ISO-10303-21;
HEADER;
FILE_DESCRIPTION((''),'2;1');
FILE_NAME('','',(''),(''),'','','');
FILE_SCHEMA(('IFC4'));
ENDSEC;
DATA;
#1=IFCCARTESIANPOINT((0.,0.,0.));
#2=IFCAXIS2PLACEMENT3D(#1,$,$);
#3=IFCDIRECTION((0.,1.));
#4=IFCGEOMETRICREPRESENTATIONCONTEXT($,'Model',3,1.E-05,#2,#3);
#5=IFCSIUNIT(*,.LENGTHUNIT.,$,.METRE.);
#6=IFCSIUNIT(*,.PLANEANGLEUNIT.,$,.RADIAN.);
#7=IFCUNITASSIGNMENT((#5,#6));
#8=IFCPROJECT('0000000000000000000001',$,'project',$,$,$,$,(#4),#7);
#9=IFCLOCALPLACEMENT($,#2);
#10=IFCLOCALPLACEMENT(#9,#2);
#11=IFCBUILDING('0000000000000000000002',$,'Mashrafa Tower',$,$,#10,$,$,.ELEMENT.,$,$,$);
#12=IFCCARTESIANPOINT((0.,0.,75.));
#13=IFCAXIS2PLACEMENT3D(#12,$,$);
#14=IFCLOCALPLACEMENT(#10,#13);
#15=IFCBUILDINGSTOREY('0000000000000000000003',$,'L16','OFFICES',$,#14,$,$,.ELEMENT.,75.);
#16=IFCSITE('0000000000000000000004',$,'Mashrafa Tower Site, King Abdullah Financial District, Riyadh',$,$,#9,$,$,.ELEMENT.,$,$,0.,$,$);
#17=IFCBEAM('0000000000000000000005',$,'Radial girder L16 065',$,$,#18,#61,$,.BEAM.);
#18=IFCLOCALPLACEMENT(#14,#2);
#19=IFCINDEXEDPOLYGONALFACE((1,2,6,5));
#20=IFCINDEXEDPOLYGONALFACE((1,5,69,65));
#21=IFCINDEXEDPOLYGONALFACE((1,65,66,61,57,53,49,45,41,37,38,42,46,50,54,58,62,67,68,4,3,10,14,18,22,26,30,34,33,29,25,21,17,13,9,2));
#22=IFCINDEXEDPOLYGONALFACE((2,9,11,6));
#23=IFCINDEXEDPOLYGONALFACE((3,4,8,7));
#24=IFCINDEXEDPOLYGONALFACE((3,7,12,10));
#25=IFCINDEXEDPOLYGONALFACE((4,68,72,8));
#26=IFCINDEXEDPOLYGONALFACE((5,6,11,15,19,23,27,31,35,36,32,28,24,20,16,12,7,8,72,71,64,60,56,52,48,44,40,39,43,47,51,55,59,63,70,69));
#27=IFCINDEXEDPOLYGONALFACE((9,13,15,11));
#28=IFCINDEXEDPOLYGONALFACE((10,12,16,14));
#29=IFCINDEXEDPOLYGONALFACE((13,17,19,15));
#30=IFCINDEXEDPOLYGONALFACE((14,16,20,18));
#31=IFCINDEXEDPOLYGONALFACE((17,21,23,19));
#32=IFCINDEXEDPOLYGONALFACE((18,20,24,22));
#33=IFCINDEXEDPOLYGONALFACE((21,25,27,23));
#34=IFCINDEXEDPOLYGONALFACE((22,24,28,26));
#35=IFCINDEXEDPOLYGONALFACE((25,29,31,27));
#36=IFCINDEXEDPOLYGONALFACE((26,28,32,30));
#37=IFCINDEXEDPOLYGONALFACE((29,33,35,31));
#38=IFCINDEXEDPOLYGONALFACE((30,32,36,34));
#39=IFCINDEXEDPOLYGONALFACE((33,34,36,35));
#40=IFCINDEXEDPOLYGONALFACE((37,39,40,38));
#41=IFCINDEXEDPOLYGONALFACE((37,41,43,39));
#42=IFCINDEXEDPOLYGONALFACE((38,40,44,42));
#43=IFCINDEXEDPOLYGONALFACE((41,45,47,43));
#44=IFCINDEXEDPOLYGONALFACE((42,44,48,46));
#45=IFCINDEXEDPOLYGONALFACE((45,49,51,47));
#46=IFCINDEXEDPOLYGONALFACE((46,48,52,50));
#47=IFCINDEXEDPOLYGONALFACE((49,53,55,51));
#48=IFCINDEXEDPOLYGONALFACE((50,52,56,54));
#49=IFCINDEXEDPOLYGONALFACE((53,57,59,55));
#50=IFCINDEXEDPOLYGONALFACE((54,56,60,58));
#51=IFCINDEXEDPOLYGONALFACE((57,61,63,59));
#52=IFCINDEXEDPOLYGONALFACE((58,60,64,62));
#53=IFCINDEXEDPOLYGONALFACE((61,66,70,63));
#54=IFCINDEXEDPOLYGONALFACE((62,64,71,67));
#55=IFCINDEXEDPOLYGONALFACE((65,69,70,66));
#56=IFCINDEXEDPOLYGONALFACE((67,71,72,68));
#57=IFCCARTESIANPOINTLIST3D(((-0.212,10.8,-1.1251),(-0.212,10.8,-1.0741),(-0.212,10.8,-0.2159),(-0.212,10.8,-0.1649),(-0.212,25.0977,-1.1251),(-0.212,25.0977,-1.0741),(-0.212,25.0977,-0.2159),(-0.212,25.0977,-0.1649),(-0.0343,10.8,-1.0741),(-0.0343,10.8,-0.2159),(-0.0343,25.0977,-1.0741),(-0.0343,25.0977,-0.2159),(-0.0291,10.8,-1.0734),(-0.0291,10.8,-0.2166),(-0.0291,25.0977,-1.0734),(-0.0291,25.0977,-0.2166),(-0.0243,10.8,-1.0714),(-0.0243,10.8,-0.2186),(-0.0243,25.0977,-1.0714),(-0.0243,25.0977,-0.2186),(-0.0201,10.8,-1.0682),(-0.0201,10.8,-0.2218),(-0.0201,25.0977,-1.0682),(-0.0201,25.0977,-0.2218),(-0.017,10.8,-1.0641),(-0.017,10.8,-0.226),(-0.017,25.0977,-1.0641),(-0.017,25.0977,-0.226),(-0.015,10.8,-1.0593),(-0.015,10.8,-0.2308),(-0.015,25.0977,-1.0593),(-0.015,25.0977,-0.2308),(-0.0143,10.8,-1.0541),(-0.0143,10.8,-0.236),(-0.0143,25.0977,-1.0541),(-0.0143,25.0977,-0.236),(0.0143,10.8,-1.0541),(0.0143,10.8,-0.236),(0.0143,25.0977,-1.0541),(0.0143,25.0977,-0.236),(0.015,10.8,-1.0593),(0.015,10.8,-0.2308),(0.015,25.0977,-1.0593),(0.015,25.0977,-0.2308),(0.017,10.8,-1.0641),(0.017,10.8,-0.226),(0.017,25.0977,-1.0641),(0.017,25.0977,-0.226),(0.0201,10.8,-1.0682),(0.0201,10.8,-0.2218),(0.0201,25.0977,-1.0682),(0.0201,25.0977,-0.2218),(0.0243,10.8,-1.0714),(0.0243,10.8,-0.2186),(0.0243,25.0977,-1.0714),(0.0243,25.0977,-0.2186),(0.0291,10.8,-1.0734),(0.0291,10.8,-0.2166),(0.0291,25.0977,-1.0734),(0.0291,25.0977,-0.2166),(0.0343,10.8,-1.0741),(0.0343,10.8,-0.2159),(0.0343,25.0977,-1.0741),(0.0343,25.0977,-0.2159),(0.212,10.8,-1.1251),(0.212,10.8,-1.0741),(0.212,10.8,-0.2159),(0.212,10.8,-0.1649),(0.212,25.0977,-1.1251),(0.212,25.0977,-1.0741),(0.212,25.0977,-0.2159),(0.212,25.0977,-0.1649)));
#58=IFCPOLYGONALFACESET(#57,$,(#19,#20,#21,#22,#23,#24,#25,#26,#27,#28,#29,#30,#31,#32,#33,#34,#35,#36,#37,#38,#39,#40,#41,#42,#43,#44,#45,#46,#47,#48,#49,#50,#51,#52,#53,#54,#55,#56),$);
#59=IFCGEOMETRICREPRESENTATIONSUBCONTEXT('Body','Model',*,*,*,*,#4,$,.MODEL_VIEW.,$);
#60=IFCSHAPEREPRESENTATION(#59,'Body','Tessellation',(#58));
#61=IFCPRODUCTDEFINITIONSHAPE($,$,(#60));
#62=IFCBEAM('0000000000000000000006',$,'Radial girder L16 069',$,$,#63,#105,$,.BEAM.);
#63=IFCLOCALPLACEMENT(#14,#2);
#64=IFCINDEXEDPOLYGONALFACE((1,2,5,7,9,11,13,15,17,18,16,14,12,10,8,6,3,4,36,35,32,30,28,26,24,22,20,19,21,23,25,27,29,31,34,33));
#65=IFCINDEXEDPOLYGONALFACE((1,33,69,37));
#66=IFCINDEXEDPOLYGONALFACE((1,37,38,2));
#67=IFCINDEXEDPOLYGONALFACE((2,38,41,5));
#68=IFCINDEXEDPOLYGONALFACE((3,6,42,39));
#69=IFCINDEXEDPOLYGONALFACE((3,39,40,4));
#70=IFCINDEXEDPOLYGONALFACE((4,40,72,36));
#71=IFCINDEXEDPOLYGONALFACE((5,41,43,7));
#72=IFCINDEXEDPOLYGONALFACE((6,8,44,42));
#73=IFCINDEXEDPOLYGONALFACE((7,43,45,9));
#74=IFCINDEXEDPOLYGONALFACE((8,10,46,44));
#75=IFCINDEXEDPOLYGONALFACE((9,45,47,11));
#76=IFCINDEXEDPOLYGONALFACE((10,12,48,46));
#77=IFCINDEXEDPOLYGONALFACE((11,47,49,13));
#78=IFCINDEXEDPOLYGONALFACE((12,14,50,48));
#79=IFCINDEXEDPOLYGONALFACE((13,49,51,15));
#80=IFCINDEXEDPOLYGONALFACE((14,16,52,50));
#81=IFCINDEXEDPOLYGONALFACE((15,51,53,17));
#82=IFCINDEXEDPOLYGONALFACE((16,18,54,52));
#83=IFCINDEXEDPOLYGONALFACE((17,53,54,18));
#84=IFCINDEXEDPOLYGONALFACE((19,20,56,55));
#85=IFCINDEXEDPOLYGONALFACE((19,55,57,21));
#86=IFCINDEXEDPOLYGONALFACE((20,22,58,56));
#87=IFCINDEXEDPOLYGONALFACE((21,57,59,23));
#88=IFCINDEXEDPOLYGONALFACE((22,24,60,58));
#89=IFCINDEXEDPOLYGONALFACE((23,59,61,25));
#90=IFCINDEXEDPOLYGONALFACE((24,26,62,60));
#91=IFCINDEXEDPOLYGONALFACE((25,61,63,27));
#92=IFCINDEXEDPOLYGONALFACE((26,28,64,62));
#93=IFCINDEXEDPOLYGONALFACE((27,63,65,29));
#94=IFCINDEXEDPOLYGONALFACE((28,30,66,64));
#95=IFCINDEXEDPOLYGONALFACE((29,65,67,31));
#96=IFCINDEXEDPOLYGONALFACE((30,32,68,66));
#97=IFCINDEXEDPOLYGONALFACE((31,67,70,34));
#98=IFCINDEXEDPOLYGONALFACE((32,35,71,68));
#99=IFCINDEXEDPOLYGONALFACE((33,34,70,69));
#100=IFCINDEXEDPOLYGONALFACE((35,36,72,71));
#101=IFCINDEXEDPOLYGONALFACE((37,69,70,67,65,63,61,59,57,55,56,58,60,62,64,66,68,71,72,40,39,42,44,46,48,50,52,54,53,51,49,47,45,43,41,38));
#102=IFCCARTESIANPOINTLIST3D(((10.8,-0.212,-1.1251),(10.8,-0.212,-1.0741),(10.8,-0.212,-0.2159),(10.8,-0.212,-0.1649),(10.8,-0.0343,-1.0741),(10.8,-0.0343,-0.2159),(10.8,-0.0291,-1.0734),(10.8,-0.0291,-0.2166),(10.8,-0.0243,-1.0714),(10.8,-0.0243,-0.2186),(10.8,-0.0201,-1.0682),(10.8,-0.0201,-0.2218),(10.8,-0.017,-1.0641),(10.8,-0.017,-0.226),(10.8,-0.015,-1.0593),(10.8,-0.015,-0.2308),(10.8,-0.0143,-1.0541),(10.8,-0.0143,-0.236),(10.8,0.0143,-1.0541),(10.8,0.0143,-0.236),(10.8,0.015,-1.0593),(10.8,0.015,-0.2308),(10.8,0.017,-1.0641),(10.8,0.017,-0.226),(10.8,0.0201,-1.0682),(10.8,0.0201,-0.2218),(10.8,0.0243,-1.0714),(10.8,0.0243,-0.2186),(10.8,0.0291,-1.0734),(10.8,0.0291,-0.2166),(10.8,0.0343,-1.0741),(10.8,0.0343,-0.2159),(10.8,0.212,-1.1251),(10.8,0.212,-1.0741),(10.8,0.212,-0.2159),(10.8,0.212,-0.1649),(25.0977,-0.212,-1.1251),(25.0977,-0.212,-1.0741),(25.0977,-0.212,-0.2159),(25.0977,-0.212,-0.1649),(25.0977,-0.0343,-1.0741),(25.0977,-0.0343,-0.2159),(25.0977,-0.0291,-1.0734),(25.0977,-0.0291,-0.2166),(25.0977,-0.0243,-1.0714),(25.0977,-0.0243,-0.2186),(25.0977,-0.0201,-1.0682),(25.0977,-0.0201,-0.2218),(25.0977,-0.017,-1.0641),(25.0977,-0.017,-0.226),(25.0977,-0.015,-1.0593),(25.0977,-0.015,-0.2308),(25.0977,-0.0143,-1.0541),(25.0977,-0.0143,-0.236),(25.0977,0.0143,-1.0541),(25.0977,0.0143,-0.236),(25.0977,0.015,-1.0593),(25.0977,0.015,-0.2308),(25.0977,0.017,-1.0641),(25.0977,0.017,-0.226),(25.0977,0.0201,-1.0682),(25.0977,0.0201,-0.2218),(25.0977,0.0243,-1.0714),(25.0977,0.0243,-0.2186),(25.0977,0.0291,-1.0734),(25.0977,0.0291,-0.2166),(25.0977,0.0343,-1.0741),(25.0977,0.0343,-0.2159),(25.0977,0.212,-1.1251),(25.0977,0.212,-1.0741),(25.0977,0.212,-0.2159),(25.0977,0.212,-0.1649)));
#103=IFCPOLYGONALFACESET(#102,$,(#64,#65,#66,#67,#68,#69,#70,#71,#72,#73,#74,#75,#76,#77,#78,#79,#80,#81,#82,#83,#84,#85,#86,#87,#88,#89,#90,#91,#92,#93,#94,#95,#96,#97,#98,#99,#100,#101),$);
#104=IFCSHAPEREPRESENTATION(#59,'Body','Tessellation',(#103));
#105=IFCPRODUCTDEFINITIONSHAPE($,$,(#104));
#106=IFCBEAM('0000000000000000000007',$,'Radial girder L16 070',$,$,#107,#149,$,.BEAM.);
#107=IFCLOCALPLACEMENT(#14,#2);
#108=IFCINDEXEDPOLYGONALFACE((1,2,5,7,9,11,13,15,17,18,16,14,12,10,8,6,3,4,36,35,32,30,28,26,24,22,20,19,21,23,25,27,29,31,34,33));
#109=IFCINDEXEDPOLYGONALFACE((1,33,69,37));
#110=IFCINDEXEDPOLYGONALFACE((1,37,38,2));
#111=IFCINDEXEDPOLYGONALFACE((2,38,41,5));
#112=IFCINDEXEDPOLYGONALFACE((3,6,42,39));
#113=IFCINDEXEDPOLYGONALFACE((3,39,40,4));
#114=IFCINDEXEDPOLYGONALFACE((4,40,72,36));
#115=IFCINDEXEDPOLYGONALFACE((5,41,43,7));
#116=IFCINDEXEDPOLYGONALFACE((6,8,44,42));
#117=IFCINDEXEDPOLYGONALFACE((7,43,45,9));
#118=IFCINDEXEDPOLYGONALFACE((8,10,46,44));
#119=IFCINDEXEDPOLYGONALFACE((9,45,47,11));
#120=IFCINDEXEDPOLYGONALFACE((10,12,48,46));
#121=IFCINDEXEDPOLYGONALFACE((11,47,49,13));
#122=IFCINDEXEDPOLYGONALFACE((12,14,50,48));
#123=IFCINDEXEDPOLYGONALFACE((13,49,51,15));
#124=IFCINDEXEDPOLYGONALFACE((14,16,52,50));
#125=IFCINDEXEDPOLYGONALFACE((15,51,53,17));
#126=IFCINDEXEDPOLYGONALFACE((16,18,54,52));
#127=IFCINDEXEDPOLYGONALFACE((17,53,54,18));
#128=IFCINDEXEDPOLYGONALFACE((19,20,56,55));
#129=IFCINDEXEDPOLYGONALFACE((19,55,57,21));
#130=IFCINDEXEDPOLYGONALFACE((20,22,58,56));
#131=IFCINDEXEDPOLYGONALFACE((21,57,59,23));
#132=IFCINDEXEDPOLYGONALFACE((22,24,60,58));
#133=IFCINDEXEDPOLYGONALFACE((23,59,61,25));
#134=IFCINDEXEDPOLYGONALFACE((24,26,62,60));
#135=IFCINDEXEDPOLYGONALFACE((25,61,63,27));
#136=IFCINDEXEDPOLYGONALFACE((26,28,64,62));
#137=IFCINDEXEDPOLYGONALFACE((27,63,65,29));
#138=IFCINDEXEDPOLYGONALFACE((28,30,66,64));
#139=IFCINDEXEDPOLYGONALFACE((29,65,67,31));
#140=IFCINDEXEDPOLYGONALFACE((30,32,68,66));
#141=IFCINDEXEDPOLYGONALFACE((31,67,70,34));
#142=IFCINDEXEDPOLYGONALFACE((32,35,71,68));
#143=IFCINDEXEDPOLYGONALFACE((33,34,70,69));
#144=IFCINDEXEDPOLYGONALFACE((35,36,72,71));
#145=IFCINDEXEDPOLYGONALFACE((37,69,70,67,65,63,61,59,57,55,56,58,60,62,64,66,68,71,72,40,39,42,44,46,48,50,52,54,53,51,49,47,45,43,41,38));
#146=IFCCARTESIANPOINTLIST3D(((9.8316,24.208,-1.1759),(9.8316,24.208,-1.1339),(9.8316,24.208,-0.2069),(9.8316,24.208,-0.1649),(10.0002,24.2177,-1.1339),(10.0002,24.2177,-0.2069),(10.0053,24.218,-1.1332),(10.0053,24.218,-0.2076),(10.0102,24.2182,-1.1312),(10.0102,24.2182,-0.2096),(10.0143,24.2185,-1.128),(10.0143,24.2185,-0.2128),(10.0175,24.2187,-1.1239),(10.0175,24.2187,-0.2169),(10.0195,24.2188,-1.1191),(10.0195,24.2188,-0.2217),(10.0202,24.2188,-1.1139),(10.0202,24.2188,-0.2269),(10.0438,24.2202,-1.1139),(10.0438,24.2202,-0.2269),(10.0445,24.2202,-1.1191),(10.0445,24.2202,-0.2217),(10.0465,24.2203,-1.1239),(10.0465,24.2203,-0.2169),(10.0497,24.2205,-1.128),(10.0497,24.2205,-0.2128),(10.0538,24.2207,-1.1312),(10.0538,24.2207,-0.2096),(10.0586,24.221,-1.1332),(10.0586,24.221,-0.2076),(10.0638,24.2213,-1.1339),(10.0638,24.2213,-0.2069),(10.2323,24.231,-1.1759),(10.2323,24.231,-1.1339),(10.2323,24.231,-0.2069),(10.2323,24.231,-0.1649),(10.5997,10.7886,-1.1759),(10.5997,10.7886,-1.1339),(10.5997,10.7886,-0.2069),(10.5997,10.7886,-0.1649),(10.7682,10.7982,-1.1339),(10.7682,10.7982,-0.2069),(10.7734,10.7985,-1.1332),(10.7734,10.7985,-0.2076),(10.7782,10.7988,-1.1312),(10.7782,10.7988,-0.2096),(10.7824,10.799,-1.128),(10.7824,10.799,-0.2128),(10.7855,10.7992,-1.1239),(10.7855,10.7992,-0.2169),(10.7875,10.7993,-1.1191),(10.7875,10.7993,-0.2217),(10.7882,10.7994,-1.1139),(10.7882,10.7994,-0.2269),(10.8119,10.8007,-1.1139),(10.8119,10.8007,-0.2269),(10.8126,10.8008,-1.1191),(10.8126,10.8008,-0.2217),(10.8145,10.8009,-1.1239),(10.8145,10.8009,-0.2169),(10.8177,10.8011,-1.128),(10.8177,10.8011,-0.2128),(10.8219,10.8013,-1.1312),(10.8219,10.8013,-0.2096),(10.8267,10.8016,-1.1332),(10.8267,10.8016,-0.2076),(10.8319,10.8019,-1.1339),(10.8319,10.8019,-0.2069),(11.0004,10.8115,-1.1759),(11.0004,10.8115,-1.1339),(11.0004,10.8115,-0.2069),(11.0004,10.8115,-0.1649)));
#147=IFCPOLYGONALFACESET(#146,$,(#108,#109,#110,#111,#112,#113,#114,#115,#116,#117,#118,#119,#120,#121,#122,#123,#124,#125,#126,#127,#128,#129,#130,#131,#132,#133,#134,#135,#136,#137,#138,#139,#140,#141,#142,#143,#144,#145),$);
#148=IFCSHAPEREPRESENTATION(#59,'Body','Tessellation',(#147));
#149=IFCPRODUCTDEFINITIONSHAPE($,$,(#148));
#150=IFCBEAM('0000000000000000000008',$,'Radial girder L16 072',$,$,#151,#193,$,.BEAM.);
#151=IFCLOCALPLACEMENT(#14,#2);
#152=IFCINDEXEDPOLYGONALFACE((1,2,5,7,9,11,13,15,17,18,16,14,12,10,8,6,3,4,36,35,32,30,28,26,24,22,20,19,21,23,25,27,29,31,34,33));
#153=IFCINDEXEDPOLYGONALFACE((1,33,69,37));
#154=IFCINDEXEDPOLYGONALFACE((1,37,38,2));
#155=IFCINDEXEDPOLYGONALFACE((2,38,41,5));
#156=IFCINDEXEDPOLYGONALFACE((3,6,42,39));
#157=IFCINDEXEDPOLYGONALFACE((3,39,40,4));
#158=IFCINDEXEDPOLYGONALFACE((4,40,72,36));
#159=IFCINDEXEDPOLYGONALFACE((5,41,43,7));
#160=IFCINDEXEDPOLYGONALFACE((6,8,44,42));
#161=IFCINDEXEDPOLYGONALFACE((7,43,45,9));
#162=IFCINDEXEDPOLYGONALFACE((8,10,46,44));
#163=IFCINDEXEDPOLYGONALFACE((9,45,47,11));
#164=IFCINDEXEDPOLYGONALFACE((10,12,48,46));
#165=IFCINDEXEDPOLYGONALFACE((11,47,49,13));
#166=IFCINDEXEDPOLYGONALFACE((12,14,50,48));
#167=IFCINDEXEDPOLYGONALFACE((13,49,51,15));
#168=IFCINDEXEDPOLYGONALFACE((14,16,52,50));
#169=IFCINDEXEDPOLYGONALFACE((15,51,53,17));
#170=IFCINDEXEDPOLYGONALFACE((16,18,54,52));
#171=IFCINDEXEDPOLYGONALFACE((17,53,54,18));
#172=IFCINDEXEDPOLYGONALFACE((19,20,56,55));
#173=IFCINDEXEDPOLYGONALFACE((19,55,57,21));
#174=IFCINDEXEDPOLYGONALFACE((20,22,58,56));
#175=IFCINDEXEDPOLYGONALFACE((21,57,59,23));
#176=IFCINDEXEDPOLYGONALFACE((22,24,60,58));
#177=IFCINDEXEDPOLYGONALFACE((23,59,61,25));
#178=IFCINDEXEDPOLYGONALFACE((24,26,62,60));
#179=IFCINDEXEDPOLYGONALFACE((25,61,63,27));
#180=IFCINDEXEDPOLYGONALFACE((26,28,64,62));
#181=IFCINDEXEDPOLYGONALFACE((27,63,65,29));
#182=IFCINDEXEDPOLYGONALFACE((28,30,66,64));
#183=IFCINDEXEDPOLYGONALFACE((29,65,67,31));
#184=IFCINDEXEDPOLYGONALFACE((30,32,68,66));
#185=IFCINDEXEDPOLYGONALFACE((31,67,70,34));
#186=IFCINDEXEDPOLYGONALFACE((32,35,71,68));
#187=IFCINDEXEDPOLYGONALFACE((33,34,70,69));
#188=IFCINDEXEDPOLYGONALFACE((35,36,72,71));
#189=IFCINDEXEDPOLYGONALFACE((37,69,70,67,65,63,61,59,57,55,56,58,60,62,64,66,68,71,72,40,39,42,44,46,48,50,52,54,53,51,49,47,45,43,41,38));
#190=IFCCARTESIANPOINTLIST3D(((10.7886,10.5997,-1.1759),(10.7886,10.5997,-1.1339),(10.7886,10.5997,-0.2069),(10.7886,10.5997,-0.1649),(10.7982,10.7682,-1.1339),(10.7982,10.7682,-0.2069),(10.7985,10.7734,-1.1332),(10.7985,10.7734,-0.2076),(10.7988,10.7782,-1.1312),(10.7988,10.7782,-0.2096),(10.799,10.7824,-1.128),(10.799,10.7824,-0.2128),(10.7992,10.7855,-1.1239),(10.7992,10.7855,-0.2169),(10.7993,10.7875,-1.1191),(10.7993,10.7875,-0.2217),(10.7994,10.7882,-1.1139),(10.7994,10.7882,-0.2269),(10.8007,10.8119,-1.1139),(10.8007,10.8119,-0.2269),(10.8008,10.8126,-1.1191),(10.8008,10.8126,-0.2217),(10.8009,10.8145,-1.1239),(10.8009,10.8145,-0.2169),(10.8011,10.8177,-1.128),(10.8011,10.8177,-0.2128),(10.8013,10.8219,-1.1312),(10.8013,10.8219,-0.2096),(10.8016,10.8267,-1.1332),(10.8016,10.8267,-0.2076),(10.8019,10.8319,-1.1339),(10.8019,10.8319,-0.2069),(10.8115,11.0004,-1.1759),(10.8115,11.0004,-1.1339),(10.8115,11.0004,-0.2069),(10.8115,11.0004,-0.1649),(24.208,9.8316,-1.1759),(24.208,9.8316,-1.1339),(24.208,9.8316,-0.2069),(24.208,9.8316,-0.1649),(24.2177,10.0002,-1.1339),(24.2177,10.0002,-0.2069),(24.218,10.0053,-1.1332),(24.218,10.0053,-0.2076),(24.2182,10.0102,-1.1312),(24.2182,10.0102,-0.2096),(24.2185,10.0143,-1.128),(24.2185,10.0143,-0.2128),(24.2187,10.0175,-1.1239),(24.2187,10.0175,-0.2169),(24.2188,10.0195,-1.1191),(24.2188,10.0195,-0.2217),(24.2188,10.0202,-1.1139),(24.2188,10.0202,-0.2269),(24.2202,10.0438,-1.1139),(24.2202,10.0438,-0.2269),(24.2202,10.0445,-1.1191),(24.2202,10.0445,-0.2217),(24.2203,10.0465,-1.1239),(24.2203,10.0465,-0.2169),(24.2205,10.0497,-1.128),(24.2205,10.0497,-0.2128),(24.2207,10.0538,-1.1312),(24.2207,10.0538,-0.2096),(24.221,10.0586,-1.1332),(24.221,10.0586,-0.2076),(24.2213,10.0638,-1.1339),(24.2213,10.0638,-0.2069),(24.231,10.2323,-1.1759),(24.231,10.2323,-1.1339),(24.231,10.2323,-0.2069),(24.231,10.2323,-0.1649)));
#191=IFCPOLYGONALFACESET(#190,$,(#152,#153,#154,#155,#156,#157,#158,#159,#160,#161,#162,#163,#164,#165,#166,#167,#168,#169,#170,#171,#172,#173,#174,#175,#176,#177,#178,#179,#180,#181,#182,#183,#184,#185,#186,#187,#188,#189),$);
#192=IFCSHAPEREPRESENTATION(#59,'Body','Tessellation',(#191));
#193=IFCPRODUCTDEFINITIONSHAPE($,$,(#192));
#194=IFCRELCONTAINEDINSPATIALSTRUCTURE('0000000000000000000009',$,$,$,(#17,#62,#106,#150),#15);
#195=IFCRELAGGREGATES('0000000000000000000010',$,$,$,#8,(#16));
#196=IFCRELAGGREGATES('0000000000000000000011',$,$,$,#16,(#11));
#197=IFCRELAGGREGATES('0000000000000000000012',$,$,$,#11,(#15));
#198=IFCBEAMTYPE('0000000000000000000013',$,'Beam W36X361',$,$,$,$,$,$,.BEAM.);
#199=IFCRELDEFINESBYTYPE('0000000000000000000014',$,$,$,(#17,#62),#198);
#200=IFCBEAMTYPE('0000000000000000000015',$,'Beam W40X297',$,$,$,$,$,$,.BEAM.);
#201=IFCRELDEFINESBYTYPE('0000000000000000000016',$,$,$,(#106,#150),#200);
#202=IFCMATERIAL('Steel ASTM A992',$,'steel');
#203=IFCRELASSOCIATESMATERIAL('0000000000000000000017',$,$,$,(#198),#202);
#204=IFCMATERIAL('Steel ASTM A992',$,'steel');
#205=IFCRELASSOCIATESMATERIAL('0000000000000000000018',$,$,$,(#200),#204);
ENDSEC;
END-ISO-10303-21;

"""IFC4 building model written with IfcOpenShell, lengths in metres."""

from ifc_helpers import new_model, si_unit, direction, frame, origin, origin_2d, place, context, subcontext, project, spatial, i_section, extrude, material, material_profile, profile_set, type_object, element, save


model = new_model("IFC4")

# Units and contexts
model_context = context("Model", 3, precision=1e-05, world=origin(), true_north=direction((0.0, 1.0)))
body_context = subcontext(model_context, "Body", "Model", "MODEL_VIEW")
ifc_project = project(units=[si_unit("LENGTHUNIT", "METRE"), si_unit("PLANEANGLEUNIT", "RADIAN")], contexts=[model_context])

# Site, building, storey
site_placement = place(None, origin())
site = spatial("IfcSite", under=ifc_project, at=site_placement, Name="Mashrafa Tower Site, King Abdullah Financial District, Riyadh", CompositionType="ELEMENT", RefElevation=0.0)
building_placement = place(site_placement, origin())
building = spatial("IfcBuilding", under=site, at=building_placement, Name="Mashrafa Tower", CompositionType="ELEMENT")
storey_placement = place(building_placement, frame((0.0, 0.0, 75.0)))
storey = spatial("IfcBuildingStorey", under=building, at=storey_placement, Name="L16", Description="OFFICES", CompositionType="ELEMENT", Elevation=75.0)

# Beams
ifc_material_1 = material(Name="Steel ASTM A992", Category="steel")
ifc_material_profile_1 = material_profile(ifc_material_1, i_section(OverallWidth=0.4241, OverallDepth=0.9602, WebThickness=0.0286, FlangeThickness=0.051, FilletRadius=0.02, at=origin_2d()), Name="W36X361")
ifc_profile_set_1 = profile_set([ifc_material_profile_1], Name="Steel ASTM A992")
beam_type_1 = type_object("IfcBeamType", Name="Beam W36X361", PredefinedType="BEAM", material=ifc_profile_set_1)
for number, where, z_axis, x_axis, name in (
    (1, (0.0, 10.8, -0.645), (0.0, 1.0, 0.0), (-1.0, 0.0, 0.0), "Radial girder L16 065"),
    (2, (10.8, 0.0, -0.645), (1.0, 0.0, 0.0), (0.0, 1.0, 0.0), "Radial girder L16 069"),
):
    element("IfcBeam", number, at=place(storey_placement, frame(where, z_axis=z_axis, x_axis=x_axis)), inside=storey, type_object=beam_type_1, Name=name, PredefinedType="BEAM", context=body_context, shape_type="SweptSolid", body=[
        extrude(i_section(OverallWidth=0.4241, OverallDepth=0.9602, WebThickness=0.0286, FlangeThickness=0.051, FilletRadius=0.02, at=origin_2d()), origin(), (0.0, 0.0, 1.0), 14.2976),
    ])
ifc_material_2 = material(Name="Steel ASTM A992", Category="steel")
ifc_material_profile_2 = material_profile(ifc_material_2, i_section(OverallWidth=0.4014, OverallDepth=1.011, WebThickness=0.0237, FlangeThickness=0.042, FilletRadius=0.02, at=origin_2d()), Name="W40X297")
ifc_profile_set_2 = profile_set([ifc_material_profile_2], Name="Steel ASTM A992")
beam_type_2 = type_object("IfcBeamType", Name="Beam W40X297", PredefinedType="BEAM", material=ifc_profile_set_2)
for number, where, z_axis, x_axis, name in (
    (3, (10.8, 10.8, -0.6704), (-0.057142, 0.998366, 0.0), (-0.998366, -0.057142, 0.0), "Radial girder L16 070"),
    (4, (10.8, 10.8, -0.6704), (0.998366, -0.057142, 0.0), (0.057142, 0.998366, 0.0), "Radial girder L16 072"),
):
    element("IfcBeam", number, at=place(storey_placement, frame(where, z_axis=z_axis, x_axis=x_axis)), inside=storey, type_object=beam_type_2, Name=name, PredefinedType="BEAM", context=body_context, shape_type="SweptSolid", body=[
        extrude(i_section(OverallWidth=0.4014, OverallDepth=1.011, WebThickness=0.0237, FlangeThickness=0.042, FilletRadius=0.02, at=origin_2d()), origin(), (0.0, 0.0, 1.0), 13.4414),
    ])

save(model, "model.ifc")
